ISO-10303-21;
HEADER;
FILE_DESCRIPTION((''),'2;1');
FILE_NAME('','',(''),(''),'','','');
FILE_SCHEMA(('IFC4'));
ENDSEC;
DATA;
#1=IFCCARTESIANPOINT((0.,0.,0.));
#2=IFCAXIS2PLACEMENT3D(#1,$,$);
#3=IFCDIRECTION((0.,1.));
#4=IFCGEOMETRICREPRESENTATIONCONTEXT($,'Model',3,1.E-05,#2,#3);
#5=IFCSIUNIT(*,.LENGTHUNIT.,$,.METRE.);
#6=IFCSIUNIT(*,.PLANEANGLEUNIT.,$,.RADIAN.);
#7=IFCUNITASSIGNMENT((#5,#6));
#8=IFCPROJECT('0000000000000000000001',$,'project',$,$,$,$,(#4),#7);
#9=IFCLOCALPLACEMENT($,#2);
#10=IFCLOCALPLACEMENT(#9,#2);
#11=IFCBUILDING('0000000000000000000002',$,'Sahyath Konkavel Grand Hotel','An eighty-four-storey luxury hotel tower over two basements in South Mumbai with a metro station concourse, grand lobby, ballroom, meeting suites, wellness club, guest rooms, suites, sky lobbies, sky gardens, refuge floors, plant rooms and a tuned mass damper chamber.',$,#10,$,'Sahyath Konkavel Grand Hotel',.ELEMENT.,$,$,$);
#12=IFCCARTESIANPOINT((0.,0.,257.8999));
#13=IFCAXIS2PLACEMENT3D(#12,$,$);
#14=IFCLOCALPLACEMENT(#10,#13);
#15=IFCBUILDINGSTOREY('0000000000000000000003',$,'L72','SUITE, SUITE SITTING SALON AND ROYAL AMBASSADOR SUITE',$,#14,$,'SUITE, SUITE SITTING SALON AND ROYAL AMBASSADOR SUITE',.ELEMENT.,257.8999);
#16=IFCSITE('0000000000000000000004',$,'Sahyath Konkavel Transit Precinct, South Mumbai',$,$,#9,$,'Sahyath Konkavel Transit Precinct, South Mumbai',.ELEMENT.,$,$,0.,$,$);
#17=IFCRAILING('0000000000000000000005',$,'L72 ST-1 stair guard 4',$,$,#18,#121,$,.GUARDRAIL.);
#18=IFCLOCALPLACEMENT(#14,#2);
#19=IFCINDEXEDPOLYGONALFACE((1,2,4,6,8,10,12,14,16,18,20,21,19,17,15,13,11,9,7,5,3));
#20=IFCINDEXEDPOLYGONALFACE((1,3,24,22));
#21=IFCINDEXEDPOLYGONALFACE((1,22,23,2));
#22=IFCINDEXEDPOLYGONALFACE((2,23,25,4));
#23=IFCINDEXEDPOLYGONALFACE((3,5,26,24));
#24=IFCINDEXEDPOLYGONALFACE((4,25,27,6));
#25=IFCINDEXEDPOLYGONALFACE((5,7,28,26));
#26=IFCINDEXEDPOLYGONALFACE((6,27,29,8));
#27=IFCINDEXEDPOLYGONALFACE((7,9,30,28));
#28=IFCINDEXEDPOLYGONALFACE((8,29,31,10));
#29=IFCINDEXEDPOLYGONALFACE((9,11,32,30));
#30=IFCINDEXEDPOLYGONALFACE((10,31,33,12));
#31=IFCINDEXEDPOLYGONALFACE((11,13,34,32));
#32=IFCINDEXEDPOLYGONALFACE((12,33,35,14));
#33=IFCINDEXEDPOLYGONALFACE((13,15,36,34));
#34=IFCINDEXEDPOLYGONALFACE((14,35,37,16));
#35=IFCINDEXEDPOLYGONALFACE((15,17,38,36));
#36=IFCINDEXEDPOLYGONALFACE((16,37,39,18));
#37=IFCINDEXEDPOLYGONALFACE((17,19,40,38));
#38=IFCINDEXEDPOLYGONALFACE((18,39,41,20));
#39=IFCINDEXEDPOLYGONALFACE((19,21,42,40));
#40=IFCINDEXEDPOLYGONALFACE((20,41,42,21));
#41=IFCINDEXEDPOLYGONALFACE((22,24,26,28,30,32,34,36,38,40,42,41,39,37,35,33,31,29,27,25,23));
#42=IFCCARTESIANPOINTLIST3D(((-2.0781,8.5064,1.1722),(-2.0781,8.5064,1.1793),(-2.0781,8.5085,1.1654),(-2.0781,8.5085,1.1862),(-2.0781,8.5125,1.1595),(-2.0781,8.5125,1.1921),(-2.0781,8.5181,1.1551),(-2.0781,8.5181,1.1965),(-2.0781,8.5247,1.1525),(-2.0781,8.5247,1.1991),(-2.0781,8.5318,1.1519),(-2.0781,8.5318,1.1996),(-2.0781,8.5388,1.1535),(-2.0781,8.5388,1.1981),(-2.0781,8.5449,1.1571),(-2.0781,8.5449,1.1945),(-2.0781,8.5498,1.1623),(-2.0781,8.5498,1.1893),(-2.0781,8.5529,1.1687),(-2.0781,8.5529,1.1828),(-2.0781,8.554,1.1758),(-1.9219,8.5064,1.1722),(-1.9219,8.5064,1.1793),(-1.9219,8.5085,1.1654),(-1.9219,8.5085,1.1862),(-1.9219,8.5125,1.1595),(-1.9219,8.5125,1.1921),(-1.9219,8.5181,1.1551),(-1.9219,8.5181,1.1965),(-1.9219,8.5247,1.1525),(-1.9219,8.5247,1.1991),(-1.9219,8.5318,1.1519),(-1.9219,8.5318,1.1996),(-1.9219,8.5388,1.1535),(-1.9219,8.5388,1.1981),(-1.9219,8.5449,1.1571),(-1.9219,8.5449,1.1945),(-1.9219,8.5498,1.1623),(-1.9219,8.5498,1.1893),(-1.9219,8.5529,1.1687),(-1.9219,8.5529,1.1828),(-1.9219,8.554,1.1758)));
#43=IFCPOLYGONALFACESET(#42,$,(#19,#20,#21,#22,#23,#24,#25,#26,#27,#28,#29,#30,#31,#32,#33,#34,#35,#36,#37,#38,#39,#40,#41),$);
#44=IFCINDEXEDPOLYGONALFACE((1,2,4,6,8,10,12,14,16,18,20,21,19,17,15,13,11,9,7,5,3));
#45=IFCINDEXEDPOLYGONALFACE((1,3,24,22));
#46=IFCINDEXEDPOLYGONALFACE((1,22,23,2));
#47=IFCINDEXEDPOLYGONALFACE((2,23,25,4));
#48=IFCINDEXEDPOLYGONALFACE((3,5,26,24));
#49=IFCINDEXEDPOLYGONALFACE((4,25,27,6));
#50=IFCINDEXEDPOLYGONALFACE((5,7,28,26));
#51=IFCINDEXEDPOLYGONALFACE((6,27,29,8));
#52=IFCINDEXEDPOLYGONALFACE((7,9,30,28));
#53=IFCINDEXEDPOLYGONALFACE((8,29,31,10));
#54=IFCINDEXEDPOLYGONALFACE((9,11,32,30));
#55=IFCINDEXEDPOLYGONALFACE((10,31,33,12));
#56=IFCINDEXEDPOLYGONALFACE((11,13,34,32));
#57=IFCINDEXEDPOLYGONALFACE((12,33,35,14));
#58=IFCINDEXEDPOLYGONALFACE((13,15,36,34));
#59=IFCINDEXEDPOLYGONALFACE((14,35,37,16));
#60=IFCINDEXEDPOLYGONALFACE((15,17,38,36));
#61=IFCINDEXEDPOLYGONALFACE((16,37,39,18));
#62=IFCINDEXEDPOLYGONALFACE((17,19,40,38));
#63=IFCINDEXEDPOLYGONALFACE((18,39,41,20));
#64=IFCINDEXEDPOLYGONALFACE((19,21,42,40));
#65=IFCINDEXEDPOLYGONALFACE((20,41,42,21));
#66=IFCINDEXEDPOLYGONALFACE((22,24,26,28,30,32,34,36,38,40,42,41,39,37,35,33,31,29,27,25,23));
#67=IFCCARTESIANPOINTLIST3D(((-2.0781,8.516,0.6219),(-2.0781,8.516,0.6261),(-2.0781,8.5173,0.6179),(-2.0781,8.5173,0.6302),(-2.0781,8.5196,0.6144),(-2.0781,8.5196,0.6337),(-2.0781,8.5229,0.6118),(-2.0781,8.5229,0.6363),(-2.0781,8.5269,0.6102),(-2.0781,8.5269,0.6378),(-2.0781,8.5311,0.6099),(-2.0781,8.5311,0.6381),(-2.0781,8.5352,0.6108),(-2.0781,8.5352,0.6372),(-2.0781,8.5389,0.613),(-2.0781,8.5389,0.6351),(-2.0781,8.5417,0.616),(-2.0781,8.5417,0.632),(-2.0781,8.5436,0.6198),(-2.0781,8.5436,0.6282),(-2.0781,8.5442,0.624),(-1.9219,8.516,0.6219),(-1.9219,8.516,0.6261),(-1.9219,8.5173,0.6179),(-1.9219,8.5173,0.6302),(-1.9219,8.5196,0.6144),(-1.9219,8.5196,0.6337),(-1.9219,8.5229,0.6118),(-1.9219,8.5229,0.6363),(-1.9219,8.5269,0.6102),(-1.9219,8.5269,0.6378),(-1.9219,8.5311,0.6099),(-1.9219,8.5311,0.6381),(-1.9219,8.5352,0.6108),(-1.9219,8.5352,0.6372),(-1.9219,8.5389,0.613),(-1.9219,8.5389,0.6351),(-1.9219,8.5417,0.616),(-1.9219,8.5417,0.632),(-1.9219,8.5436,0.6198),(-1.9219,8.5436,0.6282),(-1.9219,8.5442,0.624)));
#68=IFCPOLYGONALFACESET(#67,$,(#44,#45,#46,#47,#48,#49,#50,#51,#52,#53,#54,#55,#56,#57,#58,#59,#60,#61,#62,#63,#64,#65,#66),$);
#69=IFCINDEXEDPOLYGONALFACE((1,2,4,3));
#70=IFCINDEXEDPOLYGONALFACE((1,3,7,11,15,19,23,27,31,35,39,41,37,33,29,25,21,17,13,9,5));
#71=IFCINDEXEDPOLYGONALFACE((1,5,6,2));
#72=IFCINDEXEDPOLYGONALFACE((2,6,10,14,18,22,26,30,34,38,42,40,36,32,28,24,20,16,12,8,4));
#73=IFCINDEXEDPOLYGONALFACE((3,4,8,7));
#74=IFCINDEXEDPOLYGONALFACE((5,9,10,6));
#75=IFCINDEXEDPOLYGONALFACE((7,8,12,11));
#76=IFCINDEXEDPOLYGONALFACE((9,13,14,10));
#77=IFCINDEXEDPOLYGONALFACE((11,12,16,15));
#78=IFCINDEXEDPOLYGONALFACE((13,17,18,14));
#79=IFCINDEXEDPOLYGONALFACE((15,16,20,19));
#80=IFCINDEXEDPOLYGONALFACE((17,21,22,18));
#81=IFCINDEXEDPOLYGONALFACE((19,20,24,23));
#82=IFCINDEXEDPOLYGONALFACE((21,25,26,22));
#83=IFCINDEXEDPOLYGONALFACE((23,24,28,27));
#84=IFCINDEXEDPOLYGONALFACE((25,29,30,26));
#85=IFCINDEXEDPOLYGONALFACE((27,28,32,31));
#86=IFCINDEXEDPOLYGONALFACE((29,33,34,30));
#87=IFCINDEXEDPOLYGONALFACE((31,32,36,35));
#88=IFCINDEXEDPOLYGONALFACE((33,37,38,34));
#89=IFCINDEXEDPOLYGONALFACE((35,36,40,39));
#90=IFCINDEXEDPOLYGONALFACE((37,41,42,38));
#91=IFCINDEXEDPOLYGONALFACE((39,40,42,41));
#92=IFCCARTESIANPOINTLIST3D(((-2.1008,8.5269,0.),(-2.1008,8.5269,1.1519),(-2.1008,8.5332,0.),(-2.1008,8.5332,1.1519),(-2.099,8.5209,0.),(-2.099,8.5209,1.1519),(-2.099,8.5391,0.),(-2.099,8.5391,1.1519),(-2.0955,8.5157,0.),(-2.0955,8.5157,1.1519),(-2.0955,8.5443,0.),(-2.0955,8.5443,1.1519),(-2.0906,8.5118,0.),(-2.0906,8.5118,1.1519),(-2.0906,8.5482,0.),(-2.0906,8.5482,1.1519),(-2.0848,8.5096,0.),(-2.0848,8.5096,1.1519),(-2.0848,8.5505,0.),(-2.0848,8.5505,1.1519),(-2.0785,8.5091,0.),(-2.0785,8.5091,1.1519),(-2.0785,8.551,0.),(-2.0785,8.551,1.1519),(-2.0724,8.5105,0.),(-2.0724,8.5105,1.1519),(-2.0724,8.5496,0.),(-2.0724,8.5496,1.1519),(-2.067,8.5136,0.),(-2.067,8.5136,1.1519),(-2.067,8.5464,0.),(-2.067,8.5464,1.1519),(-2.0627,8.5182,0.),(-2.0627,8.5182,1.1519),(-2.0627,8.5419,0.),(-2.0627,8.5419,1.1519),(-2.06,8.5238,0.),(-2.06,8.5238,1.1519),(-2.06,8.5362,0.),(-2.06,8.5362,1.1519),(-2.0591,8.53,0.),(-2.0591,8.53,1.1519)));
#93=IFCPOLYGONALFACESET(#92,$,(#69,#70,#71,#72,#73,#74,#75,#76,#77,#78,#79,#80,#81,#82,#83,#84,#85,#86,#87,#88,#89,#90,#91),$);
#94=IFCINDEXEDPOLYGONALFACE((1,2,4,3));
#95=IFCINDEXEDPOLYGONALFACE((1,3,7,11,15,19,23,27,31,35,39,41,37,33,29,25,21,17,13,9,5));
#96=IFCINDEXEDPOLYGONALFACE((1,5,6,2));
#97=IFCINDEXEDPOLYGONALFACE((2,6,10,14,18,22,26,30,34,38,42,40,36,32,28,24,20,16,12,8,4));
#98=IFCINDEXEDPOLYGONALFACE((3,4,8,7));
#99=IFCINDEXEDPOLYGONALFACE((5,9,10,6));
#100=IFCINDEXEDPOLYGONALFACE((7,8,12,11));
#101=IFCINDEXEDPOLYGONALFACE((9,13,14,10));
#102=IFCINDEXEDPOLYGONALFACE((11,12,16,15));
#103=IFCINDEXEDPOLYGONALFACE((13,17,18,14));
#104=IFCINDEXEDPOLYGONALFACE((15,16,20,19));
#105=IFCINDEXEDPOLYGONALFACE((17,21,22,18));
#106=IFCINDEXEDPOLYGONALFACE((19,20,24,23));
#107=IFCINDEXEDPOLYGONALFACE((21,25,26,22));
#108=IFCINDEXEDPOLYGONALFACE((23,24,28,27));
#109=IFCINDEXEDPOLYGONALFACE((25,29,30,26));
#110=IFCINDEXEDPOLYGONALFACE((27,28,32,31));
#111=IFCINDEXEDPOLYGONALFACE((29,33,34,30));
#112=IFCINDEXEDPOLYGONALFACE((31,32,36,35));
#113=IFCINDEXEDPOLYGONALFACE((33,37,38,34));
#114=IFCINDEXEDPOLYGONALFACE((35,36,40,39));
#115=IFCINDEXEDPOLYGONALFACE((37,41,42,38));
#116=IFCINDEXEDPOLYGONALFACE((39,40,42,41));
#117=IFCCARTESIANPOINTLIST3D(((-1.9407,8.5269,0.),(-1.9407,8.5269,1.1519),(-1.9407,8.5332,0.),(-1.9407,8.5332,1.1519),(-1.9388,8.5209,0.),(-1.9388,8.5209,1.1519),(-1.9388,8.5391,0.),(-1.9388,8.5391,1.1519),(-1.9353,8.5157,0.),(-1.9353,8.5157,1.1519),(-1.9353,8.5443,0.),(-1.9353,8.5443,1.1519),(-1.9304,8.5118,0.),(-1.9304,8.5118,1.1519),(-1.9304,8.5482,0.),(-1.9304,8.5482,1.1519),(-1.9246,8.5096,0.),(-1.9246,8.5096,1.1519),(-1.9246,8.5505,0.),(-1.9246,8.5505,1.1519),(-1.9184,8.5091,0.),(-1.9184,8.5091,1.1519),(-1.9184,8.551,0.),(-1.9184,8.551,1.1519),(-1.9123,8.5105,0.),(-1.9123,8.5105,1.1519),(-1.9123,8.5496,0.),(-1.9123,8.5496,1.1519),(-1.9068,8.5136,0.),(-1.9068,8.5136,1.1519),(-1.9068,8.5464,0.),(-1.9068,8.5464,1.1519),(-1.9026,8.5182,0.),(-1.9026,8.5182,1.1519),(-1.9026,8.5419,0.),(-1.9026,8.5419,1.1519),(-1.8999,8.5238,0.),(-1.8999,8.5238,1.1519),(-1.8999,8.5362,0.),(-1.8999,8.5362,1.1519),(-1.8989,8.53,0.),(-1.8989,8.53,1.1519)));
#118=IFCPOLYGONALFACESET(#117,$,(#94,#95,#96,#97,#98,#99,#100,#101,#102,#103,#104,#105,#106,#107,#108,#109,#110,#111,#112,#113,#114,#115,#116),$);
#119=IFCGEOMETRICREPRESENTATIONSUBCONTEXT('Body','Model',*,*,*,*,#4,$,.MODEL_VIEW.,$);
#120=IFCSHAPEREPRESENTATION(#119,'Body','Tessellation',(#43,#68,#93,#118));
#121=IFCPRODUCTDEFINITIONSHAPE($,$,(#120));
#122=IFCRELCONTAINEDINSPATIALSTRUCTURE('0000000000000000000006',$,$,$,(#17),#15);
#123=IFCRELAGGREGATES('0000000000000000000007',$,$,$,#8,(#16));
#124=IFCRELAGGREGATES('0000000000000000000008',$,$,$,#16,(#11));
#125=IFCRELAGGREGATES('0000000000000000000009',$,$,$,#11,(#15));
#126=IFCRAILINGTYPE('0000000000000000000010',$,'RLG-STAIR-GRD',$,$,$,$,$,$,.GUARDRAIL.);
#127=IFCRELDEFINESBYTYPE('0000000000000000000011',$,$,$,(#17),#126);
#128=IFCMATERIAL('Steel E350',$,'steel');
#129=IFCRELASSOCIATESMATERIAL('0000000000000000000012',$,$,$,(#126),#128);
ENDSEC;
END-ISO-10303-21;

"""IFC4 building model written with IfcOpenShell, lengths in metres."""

from ifc_helpers import new_model, si_unit, direction, frame, origin, origin_2d, place, context, subcontext, project, spatial, circle, extrude, material, type_object, element, save


model = new_model("IFC4")

# Units and contexts
model_context = context("Model", 3, precision=1e-05, world=origin(), true_north=direction((0.0, 1.0)))
body_context = subcontext(model_context, "Body", "Model", "MODEL_VIEW")
ifc_project = project(units=[si_unit("LENGTHUNIT", "METRE"), si_unit("PLANEANGLEUNIT", "RADIAN")], contexts=[model_context])

# Site, building, storey
site_placement = place(None, origin())
site = spatial("IfcSite", under=ifc_project, at=site_placement, Name="Sahyath Konkavel Transit Precinct, South Mumbai", LongName="Sahyath Konkavel Transit Precinct, South Mumbai", CompositionType="ELEMENT", RefElevation=0.0)
building_placement = place(site_placement, origin())
building = spatial("IfcBuilding", under=site, at=building_placement, Name="Sahyath Konkavel Grand Hotel", Description="An eighty-four-storey luxury hotel tower over two basements in South Mumbai with a metro station concourse, grand lobby, ballroom, meeting suites, wellness club, guest rooms, suites, sky lobbies, sky gardens, refuge floors, plant rooms and a tuned mass damper chamber.", LongName="Sahyath Konkavel Grand Hotel", CompositionType="ELEMENT")
storey_placement = place(building_placement, frame((0.0, 0.0, 257.8999)))
storey = spatial("IfcBuildingStorey", under=building, at=storey_placement, Name="L72", Description="SUITE, SUITE SITTING SALON AND ROYAL AMBASSADOR SUITE", LongName="SUITE, SUITE SITTING SALON AND ROYAL AMBASSADOR SUITE", CompositionType="ELEMENT", Elevation=257.8999)

# Shared definitions
ifc_material_1 = material(Name="Steel E350", Category="steel")

# Railing
railing_type_1 = type_object("IfcRailingType", Name="RLG-STAIR-GRD", PredefinedType="GUARDRAIL", material=ifc_material_1)
railing_1_placement = place(storey_placement, frame((-2.0801, 8.53, 0.0)))
element("IfcRailing", 1, at=railing_1_placement, inside=storey, type_object=railing_type_1, Name="L72 ST-1 stair guard 4", PredefinedType="GUARDRAIL", context=body_context, shape_type="SweptSolid", body=[
    extrude(circle(Radius=0.0239, at=origin_2d()), frame((0.002, 0.0, 1.1758), z_axis=(1.0, 0.0, 0.0), x_axis=(0.0, 1.0, 0.0)), (0.0, 0.0, 1.0), 0.1562),
    extrude(circle(Radius=0.0142, at=origin_2d()), frame((0.002, 0.0, 0.624), z_axis=(1.0, 0.0, 0.0), x_axis=(0.0, 1.0, 0.0)), (0.0, 0.0, 1.0), 0.1562),
    extrude(circle(Radius=0.021, at=origin_2d()), origin(), (0.0, 0.0, 1.0), 1.1519),
    extrude(circle(Radius=0.021, at=origin_2d()), frame((0.1602, 0.0, 0.0)), (0.0, 0.0, 1.0), 1.1519),
])

save(model, "model.ifc")
